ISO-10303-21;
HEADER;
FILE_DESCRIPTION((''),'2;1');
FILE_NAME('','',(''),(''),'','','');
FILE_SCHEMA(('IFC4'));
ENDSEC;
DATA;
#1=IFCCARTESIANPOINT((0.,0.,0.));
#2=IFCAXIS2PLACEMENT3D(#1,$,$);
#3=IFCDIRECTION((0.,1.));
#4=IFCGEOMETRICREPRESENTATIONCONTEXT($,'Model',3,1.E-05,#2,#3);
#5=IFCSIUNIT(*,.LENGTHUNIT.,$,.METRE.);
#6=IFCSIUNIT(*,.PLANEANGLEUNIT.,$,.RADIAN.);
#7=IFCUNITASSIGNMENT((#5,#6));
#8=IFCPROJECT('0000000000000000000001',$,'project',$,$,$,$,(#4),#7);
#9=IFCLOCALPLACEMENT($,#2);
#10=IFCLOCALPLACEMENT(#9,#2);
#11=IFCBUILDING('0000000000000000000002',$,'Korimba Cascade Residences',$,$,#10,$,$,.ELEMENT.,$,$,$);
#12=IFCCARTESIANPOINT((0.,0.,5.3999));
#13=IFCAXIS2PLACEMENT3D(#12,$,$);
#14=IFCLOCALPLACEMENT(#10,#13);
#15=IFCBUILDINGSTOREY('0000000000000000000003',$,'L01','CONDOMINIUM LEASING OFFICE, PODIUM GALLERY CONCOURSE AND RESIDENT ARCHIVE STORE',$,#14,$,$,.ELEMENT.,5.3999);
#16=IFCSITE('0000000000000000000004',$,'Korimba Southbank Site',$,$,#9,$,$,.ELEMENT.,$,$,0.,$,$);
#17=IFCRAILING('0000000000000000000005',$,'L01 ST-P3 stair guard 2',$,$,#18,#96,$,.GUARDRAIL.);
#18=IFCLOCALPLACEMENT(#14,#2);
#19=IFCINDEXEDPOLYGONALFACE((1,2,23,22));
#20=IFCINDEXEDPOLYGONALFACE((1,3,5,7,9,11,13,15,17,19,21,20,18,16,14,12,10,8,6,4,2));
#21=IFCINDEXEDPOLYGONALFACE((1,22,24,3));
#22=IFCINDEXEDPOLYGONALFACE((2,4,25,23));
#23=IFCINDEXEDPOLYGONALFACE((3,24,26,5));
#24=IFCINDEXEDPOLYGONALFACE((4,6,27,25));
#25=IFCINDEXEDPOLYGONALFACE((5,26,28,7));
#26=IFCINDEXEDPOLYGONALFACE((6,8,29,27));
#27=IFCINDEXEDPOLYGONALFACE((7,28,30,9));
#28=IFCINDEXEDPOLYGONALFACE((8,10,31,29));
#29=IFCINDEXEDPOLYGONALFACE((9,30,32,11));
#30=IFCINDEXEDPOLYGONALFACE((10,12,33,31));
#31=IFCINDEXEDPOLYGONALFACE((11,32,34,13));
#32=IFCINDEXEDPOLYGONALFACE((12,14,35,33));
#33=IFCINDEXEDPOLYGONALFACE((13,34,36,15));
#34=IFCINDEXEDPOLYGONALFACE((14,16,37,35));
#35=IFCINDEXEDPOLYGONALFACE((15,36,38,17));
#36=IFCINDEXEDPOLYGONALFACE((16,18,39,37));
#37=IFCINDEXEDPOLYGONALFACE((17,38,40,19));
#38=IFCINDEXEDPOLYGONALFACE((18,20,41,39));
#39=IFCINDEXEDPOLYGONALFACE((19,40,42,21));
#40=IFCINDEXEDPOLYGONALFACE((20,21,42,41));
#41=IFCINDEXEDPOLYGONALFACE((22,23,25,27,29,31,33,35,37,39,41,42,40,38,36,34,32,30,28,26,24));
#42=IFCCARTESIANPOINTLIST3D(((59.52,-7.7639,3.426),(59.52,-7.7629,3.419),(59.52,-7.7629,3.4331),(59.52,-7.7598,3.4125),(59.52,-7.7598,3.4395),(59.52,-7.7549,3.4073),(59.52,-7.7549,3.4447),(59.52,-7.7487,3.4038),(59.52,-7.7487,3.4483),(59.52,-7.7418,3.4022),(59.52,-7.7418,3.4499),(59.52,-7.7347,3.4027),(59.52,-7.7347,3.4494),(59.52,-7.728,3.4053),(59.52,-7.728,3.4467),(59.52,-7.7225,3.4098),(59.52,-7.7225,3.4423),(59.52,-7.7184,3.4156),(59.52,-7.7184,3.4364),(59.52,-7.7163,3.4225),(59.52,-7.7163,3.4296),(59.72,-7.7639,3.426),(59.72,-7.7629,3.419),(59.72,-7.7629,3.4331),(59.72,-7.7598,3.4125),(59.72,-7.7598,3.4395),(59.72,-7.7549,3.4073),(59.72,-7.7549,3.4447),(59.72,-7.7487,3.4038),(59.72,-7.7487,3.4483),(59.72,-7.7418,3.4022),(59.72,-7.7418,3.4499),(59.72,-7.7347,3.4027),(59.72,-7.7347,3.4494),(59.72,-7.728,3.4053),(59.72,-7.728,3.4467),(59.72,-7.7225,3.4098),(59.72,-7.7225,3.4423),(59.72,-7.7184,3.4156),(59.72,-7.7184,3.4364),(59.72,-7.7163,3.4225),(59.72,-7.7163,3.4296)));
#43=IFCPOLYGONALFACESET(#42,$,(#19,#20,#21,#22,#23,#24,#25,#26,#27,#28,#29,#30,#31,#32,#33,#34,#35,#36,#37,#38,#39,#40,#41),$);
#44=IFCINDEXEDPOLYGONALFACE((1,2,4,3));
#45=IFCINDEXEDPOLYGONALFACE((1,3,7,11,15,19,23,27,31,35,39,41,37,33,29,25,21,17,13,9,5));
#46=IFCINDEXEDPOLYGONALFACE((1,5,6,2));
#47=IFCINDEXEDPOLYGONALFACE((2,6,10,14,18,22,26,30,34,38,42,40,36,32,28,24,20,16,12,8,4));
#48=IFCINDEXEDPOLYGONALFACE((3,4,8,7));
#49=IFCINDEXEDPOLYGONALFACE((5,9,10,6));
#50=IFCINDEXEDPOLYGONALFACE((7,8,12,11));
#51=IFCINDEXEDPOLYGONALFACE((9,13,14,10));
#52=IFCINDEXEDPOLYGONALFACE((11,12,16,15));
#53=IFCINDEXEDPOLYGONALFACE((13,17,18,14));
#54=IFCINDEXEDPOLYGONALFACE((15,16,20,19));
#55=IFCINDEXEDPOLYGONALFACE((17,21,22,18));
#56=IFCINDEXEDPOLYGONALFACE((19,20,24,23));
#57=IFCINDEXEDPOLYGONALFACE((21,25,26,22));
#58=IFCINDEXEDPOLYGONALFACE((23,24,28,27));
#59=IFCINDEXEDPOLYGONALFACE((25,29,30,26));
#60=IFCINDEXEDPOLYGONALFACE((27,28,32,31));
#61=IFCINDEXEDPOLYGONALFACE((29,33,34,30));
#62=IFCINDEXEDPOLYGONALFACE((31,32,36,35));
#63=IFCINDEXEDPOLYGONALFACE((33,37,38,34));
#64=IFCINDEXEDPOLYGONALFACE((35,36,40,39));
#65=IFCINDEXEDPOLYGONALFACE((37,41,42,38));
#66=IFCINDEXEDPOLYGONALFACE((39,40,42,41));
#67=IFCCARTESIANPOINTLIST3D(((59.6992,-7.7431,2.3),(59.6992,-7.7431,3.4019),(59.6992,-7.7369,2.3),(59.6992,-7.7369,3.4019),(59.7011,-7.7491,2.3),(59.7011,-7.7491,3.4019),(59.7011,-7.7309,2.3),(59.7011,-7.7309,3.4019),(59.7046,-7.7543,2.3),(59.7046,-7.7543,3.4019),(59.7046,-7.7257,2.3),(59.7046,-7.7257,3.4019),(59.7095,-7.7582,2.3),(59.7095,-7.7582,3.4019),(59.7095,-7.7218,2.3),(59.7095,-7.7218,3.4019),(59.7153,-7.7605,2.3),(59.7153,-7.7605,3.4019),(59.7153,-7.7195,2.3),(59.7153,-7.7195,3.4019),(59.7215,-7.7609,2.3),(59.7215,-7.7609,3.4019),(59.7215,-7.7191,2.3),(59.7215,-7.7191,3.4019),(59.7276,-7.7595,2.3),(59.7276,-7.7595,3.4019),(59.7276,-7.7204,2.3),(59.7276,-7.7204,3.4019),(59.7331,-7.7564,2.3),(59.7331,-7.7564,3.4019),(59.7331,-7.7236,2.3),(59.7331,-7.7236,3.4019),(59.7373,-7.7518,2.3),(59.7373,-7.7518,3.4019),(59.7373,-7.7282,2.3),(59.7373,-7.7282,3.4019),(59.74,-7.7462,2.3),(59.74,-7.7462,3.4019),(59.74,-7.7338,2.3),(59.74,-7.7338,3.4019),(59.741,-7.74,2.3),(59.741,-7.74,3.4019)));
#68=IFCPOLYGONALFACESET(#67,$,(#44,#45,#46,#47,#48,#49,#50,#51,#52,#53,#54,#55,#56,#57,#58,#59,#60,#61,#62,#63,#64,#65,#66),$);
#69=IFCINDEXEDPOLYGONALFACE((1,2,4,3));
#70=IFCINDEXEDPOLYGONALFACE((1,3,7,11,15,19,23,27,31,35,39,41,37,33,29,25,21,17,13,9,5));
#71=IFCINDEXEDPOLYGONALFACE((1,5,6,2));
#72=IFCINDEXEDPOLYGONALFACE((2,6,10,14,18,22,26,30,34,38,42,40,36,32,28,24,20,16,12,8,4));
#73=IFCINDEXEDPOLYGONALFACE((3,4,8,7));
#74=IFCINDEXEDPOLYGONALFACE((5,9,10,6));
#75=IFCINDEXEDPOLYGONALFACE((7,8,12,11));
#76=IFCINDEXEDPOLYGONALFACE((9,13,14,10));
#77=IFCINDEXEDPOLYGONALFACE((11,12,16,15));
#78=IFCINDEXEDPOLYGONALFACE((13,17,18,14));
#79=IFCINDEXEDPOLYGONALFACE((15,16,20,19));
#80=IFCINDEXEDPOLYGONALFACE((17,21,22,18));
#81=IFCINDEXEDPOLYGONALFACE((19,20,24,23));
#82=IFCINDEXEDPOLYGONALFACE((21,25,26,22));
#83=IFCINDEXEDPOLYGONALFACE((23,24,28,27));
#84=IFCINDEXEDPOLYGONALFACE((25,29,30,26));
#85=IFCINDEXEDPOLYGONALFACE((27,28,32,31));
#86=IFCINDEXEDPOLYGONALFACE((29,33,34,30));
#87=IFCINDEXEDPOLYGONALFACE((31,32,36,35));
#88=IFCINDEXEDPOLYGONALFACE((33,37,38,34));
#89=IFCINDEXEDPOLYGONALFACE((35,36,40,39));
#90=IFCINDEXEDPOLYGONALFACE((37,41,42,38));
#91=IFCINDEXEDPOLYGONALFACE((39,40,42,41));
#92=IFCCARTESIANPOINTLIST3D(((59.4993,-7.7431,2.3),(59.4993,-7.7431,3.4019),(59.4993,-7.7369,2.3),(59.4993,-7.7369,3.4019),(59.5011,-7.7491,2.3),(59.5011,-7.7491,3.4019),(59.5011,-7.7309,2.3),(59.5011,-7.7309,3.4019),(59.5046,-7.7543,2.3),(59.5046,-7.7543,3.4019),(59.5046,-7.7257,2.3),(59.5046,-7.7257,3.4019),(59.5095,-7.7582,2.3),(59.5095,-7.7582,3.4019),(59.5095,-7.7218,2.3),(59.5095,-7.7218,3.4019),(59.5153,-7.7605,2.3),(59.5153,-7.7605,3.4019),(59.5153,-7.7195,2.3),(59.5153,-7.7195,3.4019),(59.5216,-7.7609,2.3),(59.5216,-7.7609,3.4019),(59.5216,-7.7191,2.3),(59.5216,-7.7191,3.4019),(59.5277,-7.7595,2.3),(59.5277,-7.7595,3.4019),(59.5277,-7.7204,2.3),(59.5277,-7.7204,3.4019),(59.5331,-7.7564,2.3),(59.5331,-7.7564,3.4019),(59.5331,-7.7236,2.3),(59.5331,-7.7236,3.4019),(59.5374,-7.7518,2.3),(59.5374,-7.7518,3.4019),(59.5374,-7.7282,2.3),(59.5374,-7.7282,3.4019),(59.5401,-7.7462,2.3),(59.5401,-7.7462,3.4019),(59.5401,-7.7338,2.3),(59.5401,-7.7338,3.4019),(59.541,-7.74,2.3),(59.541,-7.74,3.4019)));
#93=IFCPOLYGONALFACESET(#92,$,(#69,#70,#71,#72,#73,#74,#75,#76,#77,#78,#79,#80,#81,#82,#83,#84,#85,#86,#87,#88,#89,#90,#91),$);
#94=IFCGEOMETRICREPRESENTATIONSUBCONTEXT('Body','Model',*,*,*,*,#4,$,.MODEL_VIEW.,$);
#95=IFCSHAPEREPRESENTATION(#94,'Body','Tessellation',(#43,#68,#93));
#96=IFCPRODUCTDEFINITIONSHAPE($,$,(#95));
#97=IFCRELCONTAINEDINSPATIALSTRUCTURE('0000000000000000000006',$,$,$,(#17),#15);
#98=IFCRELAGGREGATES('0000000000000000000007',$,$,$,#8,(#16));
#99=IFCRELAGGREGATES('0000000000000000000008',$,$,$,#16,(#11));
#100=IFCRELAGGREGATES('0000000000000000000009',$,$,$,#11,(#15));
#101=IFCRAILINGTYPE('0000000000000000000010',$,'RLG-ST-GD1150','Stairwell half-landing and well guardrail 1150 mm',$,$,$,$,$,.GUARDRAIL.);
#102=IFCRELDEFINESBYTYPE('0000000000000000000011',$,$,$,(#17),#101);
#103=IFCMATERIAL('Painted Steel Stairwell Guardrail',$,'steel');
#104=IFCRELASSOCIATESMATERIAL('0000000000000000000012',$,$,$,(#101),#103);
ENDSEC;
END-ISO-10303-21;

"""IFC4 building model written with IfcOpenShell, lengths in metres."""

from ifc_helpers import new_model, si_unit, direction, frame, origin, origin_2d, place, context, subcontext, project, spatial, circle, extrude, material, type_object, element, save


model = new_model("IFC4")

# Units and contexts
model_context = context("Model", 3, precision=1e-05, world=origin(), true_north=direction((0.0, 1.0)))
body_context = subcontext(model_context, "Body", "Model", "MODEL_VIEW")
ifc_project = project(units=[si_unit("LENGTHUNIT", "METRE"), si_unit("PLANEANGLEUNIT", "RADIAN")], contexts=[model_context])

# Site, building, storey
site_placement = place(None, origin())
site = spatial("IfcSite", under=ifc_project, at=site_placement, Name="Korimba Southbank Site", CompositionType="ELEMENT", RefElevation=0.0)
building_placement = place(site_placement, origin())
building = spatial("IfcBuilding", under=site, at=building_placement, Name="Korimba Cascade Residences", CompositionType="ELEMENT")
storey_placement = place(building_placement, frame((0.0, 0.0, 5.3999)))
storey = spatial("IfcBuildingStorey", under=building, at=storey_placement, Name="L01", Description="CONDOMINIUM LEASING OFFICE, PODIUM GALLERY CONCOURSE AND RESIDENT ARCHIVE STORE", CompositionType="ELEMENT", Elevation=5.3999)

# Railing
ifc_material_1 = material(Name="Painted Steel Stairwell Guardrail", Category="steel")
railing_type_1 = type_object("IfcRailingType", Name="RLG-ST-GD1150", Description="Stairwell half-landing and well guardrail 1150 mm", PredefinedType="GUARDRAIL", material=ifc_material_1)
railing_1_placement = place(storey_placement, frame((59.72, -7.74, 2.3)))
element("IfcRailing", 1, at=railing_1_placement, inside=storey, type_object=railing_type_1, Name="L01 ST-P3 stair guard 2", PredefinedType="GUARDRAIL", context=body_context, shape_type="SweptSolid", body=[
    extrude(circle(Radius=0.0239, at=origin_2d()), frame((0.0, 0.0, 1.126), z_axis=(-1.0, 0.0, 0.0), x_axis=(0.0, -1.0, 0.0)), (0.0, 0.0, 1.0), 0.2),
    extrude(circle(Radius=0.021, at=origin_2d()), origin(), (0.0, 0.0, 1.0), 1.1018),
    extrude(circle(Radius=0.021, at=origin_2d()), frame((-0.2, 0.0, 0.0)), (0.0, 0.0, 1.0), 1.1018),
])

save(model, "model.ifc")
